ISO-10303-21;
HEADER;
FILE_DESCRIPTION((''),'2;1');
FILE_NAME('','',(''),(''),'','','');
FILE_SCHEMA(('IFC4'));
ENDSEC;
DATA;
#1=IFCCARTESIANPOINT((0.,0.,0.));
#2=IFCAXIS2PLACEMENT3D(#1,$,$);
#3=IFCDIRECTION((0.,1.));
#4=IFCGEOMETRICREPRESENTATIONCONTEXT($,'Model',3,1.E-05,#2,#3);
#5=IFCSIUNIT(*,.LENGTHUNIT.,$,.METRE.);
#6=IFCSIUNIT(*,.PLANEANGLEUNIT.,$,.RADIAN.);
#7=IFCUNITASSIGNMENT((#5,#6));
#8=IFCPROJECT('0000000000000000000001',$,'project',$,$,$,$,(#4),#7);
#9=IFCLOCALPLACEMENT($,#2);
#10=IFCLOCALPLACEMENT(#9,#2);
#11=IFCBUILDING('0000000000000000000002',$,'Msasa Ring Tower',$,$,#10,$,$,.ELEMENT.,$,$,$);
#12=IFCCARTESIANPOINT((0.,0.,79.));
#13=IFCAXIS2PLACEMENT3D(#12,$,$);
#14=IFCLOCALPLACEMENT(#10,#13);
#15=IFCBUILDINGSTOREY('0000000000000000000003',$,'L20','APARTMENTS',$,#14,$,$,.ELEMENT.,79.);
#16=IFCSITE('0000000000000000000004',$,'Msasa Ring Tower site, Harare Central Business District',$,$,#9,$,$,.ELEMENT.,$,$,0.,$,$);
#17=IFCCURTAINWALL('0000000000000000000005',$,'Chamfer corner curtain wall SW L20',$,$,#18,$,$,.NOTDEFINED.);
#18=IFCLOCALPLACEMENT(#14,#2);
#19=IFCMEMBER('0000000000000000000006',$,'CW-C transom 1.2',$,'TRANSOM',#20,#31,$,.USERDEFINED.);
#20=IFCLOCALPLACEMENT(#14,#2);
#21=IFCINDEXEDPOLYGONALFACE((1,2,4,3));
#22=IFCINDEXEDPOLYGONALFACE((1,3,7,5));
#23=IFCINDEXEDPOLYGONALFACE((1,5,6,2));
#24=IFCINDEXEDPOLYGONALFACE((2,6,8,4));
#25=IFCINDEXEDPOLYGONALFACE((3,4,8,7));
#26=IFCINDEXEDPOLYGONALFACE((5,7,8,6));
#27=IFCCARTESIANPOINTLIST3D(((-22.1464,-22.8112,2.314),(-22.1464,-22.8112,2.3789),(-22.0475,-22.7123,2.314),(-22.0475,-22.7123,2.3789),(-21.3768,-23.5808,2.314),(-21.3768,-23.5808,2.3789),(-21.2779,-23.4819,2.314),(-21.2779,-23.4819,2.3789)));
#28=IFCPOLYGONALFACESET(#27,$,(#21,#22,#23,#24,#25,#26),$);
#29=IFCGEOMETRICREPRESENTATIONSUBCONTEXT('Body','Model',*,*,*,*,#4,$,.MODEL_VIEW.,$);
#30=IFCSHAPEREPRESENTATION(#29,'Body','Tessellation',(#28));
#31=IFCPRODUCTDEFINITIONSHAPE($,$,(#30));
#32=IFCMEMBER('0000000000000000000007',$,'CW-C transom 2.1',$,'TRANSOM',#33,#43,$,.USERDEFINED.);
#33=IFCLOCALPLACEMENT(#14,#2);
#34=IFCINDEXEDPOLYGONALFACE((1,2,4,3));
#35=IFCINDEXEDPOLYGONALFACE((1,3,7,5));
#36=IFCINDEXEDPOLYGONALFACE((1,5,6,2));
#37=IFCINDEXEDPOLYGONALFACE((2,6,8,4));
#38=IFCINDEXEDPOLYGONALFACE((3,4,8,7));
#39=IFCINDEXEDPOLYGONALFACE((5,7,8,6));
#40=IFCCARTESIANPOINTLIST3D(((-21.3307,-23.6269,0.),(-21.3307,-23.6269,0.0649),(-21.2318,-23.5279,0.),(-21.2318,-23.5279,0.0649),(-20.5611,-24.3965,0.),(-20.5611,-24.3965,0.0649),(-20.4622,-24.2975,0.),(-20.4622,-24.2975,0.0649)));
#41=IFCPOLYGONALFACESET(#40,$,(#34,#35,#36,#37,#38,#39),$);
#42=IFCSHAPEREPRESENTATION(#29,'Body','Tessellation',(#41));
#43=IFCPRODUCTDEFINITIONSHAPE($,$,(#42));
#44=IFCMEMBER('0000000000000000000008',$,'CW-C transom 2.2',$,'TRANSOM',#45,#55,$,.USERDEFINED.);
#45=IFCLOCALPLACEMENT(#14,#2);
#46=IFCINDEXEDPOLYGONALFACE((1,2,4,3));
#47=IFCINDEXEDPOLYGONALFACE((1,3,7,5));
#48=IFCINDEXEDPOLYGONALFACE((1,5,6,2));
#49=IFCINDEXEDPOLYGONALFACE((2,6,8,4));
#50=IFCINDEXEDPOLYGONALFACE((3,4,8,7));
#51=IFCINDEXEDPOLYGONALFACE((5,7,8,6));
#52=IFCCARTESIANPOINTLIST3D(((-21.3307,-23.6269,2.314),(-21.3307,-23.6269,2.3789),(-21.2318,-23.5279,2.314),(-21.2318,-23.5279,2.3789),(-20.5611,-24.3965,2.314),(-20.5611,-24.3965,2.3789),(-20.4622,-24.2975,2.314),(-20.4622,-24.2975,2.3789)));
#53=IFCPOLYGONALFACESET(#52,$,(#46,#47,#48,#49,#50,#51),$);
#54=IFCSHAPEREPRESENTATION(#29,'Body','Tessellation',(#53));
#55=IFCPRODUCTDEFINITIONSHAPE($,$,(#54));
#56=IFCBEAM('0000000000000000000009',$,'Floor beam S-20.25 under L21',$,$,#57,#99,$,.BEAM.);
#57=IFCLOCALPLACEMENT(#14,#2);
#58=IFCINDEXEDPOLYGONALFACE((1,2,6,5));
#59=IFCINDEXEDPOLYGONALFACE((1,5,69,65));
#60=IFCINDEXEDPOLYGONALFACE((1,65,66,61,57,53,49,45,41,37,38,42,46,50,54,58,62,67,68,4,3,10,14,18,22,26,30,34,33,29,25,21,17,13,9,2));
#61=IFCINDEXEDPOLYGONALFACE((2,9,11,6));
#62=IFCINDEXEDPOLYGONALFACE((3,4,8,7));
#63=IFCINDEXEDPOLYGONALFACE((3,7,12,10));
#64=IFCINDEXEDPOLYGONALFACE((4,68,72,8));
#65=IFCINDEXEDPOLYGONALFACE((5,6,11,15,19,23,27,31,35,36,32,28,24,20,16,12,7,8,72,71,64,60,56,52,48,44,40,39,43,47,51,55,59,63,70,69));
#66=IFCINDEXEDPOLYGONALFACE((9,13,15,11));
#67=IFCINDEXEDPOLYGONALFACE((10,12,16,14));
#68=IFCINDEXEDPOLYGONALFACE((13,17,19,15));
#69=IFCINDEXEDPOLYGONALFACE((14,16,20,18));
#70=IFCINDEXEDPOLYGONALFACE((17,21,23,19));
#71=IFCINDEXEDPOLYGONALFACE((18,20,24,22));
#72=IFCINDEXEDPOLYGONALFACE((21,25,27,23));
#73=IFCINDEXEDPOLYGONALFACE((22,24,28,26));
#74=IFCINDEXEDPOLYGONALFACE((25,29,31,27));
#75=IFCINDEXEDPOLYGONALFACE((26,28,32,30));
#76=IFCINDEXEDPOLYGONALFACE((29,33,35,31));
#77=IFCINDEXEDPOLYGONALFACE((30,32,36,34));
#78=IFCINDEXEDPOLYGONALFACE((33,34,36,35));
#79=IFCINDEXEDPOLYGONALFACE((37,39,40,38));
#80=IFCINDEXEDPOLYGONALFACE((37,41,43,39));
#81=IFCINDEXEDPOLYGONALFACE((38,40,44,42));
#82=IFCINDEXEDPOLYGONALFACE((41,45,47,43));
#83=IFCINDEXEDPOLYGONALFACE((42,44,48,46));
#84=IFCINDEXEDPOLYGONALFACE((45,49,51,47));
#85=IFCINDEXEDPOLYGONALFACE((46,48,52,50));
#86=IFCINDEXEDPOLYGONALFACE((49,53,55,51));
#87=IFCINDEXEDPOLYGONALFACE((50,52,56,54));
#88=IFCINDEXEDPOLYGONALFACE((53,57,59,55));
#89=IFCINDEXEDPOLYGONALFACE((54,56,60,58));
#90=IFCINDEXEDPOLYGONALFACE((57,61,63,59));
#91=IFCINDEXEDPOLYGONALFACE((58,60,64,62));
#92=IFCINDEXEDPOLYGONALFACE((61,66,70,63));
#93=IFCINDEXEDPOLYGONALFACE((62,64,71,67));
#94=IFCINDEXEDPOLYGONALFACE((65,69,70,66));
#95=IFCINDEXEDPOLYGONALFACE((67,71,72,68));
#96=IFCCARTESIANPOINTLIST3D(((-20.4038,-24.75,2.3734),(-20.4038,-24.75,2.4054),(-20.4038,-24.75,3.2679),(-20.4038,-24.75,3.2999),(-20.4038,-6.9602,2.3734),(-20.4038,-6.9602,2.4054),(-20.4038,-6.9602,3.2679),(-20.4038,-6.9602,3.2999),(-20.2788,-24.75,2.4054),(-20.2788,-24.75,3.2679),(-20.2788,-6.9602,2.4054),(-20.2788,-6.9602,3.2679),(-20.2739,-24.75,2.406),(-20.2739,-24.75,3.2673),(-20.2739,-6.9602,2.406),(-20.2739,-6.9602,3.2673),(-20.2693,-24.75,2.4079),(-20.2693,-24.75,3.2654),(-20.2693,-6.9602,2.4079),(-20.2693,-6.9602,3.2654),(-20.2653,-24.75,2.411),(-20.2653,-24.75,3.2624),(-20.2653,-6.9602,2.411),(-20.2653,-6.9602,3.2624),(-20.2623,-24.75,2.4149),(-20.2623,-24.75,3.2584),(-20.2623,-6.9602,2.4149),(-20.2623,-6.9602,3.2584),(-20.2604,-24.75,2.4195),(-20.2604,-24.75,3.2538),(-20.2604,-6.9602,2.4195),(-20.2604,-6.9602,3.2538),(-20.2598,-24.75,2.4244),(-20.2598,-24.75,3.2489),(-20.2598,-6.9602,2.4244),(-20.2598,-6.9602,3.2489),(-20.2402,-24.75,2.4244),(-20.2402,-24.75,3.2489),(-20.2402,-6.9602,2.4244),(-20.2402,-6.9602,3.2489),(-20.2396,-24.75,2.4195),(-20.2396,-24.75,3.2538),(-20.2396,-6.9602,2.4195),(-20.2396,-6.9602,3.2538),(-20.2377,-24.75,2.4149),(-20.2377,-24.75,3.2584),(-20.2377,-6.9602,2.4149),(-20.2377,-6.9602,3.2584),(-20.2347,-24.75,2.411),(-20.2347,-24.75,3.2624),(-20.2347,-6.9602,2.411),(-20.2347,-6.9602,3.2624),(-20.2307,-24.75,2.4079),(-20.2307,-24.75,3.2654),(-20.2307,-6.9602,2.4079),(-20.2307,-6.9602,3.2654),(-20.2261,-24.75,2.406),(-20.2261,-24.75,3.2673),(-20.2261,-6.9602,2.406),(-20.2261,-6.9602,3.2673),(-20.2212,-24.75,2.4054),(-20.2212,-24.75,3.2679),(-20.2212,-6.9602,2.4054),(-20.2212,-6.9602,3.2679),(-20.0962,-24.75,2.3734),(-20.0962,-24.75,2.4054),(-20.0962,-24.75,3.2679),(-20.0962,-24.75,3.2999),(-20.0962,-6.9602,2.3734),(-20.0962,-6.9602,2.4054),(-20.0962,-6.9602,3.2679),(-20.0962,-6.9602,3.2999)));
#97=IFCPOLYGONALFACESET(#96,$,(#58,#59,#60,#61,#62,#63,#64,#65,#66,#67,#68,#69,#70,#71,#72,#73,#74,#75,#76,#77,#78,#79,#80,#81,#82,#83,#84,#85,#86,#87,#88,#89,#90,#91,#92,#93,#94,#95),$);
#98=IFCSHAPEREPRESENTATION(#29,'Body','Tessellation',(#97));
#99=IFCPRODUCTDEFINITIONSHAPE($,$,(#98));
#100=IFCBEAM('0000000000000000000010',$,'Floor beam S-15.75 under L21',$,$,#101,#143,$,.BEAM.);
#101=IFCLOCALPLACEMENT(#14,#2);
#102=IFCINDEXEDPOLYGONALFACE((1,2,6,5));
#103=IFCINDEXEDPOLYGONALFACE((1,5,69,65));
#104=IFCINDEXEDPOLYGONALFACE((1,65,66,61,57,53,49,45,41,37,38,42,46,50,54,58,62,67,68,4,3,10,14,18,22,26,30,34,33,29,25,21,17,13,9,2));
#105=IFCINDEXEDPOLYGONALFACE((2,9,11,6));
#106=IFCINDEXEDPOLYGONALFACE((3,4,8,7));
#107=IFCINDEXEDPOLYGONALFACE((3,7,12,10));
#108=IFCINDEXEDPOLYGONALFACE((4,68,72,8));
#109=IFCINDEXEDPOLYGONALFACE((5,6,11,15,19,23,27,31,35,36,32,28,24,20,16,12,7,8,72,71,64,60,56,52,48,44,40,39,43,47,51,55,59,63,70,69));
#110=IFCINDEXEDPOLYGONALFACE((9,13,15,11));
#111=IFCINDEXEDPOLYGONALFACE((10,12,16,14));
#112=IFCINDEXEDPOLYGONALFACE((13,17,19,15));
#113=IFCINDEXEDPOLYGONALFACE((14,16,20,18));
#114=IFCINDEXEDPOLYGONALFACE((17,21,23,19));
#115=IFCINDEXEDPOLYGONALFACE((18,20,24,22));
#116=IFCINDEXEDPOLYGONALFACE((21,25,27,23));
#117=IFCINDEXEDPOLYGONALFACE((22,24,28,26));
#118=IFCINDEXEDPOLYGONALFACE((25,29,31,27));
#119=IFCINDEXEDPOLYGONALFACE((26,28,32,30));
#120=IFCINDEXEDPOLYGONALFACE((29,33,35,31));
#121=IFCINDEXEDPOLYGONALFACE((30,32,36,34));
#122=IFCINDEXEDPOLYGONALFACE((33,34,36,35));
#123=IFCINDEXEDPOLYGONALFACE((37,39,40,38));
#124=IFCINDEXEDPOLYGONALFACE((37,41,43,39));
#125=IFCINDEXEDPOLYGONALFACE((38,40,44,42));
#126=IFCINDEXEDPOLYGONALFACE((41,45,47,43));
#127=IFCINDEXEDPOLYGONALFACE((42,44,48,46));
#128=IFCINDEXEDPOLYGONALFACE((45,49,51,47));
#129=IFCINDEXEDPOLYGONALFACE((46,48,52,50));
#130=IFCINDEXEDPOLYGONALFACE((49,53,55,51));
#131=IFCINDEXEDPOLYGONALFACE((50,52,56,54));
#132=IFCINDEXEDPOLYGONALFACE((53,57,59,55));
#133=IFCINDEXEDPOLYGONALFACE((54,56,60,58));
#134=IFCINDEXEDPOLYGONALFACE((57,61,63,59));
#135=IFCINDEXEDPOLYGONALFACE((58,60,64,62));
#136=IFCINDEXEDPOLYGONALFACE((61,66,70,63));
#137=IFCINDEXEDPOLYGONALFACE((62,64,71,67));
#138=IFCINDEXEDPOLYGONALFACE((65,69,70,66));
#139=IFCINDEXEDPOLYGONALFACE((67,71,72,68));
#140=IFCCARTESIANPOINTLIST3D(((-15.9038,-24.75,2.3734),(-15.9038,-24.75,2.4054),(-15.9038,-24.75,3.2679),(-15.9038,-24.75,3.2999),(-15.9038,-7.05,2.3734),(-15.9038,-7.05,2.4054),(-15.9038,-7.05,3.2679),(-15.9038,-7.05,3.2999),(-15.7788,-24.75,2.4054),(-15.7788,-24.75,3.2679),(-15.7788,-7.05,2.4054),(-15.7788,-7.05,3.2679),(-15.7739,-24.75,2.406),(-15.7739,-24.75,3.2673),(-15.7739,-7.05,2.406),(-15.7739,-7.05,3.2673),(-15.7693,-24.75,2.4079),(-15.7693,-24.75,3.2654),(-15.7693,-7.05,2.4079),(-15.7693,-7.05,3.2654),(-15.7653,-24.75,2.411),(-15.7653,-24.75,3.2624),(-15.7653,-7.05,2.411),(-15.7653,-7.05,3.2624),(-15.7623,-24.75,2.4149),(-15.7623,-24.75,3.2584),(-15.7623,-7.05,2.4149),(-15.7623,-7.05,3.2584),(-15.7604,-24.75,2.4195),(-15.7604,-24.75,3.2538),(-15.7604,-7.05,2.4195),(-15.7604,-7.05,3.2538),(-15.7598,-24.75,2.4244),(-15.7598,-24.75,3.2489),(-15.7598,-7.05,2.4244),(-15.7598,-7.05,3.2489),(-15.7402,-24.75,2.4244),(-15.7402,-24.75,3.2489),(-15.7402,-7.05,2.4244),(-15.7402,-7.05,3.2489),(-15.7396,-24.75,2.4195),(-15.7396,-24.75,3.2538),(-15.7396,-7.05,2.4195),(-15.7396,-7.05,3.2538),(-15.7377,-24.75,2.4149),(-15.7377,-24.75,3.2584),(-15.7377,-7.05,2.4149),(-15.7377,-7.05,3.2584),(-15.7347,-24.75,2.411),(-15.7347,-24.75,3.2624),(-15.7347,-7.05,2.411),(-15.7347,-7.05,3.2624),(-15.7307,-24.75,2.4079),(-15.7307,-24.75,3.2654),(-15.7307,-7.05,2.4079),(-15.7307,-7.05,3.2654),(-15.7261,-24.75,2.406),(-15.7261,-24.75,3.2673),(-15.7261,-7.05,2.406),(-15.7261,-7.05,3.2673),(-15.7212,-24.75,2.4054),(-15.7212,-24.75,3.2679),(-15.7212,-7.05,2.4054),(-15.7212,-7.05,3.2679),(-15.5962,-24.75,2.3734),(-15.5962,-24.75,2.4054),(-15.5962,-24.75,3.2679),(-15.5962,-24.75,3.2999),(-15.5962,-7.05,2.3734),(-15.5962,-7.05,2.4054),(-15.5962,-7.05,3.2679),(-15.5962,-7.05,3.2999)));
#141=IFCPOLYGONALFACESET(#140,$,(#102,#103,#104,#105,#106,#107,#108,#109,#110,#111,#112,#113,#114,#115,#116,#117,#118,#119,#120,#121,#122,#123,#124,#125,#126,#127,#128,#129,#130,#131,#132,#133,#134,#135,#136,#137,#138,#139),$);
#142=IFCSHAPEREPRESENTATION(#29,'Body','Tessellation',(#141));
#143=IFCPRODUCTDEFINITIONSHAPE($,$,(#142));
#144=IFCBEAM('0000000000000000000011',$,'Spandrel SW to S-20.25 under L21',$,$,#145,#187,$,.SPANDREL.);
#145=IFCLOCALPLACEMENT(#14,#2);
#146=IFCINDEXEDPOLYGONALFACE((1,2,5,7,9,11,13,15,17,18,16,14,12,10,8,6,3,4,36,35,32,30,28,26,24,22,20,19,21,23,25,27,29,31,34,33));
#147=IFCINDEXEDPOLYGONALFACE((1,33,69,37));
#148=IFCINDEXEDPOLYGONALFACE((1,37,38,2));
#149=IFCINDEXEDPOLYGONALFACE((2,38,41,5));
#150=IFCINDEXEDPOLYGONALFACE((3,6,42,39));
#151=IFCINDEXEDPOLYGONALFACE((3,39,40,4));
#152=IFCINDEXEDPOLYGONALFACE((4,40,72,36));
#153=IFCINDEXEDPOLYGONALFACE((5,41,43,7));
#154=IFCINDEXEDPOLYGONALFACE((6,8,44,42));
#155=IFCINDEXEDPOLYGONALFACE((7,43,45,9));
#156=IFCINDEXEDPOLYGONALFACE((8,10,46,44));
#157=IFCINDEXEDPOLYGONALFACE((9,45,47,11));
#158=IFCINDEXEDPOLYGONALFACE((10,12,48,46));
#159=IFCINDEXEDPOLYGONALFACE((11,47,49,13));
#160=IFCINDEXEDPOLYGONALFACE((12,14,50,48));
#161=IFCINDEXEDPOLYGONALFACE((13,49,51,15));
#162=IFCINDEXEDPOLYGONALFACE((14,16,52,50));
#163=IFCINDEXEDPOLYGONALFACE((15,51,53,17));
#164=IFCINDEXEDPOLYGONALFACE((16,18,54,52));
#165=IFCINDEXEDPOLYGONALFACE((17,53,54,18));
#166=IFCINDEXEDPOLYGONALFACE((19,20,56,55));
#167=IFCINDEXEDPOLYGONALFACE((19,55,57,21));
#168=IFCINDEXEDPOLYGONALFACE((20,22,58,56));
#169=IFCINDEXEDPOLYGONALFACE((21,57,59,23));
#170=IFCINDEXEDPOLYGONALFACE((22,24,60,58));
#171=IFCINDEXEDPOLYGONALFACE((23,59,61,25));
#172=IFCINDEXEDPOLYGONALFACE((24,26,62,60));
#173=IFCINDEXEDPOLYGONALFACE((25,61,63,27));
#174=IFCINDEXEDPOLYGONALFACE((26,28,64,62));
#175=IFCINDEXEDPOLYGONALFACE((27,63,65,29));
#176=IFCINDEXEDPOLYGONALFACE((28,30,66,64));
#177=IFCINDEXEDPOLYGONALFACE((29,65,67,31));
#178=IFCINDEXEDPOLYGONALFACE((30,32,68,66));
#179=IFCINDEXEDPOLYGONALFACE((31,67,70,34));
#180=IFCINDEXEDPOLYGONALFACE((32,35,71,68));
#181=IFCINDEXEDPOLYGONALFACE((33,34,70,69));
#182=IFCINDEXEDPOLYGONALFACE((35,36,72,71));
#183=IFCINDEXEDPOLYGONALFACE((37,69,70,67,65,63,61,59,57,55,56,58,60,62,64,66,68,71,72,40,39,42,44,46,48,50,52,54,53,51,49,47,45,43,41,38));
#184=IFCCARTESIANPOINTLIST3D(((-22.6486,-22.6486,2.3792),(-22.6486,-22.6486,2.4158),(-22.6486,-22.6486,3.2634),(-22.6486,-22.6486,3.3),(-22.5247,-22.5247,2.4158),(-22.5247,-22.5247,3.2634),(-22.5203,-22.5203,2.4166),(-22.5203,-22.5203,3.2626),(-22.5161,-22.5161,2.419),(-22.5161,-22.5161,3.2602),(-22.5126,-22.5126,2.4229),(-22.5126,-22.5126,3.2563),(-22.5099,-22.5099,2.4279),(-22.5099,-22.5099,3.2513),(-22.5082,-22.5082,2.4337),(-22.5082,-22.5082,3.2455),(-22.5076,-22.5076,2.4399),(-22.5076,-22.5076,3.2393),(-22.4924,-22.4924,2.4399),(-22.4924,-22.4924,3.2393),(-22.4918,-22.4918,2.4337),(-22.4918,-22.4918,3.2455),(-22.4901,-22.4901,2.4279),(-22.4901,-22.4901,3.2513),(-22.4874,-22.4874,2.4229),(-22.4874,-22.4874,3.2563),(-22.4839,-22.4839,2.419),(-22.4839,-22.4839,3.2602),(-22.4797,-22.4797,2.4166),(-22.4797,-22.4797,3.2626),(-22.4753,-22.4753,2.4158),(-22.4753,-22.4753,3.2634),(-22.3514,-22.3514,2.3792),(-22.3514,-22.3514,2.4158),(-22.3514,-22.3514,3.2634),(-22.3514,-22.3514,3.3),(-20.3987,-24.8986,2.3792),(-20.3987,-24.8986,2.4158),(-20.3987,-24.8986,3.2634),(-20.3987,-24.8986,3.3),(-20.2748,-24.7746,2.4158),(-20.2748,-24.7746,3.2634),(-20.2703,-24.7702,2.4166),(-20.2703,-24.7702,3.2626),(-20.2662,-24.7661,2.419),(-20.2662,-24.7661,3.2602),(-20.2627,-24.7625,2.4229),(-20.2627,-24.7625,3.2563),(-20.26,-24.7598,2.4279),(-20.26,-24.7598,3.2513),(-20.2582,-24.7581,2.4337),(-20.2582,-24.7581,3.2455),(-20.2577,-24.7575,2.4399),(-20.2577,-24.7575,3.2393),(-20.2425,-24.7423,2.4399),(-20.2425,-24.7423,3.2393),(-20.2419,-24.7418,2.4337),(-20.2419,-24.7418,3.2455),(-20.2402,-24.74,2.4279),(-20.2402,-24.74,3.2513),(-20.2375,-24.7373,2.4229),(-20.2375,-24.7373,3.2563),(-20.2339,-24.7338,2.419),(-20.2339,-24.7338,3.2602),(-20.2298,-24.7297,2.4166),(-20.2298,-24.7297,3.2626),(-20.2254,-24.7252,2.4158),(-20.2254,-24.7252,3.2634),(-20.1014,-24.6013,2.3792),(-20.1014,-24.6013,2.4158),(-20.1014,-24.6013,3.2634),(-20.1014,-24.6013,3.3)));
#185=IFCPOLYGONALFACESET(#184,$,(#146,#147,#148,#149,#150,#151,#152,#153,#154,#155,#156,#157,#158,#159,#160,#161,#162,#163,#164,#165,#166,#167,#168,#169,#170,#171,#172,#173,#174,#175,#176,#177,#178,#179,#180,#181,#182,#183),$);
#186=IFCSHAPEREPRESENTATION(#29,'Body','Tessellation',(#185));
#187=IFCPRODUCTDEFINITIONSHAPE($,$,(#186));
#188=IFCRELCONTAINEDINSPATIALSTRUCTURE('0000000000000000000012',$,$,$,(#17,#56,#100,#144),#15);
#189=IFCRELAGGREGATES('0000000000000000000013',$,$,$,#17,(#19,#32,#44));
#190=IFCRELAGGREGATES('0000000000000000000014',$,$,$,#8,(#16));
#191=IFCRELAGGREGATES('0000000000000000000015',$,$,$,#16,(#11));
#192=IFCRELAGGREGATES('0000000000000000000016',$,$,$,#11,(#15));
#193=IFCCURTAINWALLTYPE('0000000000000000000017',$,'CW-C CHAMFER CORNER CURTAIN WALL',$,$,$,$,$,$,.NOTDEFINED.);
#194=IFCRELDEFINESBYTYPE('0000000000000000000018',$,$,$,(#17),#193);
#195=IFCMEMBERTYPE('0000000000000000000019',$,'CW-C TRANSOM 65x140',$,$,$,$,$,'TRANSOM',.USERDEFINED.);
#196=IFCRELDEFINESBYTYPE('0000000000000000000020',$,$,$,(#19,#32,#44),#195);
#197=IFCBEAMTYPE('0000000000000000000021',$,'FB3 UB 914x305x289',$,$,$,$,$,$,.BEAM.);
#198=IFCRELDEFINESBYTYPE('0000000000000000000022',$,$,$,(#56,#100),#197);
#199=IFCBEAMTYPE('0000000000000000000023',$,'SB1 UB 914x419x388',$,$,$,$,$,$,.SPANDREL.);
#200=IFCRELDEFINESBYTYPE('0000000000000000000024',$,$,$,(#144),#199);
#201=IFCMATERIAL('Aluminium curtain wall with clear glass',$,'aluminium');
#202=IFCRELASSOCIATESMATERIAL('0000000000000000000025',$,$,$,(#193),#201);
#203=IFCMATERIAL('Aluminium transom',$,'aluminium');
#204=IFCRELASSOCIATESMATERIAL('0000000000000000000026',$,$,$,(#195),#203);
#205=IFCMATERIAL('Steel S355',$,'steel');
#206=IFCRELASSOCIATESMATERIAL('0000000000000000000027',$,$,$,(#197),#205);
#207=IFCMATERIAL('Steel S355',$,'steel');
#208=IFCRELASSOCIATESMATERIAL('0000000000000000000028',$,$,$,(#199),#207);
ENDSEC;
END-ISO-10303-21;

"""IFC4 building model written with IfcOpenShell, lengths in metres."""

from ifc_helpers import new_model, si_unit, direction, frame, origin, origin_2d, place, context, subcontext, project, spatial, rectangle, i_section, extrude, material, material_profile, profile_set, type_object, element, aggregate, save


model = new_model("IFC4")

# Units and contexts
model_context = context("Model", 3, precision=1e-05, world=origin(), true_north=direction((0.0, 1.0)))
body_context = subcontext(model_context, "Body", "Model", "MODEL_VIEW")
ifc_project = project(units=[si_unit("LENGTHUNIT", "METRE"), si_unit("PLANEANGLEUNIT", "RADIAN")], contexts=[model_context])

# Site, building, storey
site_placement = place(None, origin())
site = spatial("IfcSite", under=ifc_project, at=site_placement, Name="Msasa Ring Tower site, Harare Central Business District", CompositionType="ELEMENT", RefElevation=0.0)
building_placement = place(site_placement, origin())
building = spatial("IfcBuilding", under=site, at=building_placement, Name="Msasa Ring Tower", CompositionType="ELEMENT")
storey_placement = place(building_placement, frame((0.0, 0.0, 79.0)))
storey = spatial("IfcBuildingStorey", under=building, at=storey_placement, Name="L20", Description="APARTMENTS", CompositionType="ELEMENT", Elevation=79.0)

# Curtain wall
ifc_material_1 = material(Name="Aluminium curtain wall with clear glass", Category="aluminium")
curtain_wall_type = type_object("IfcCurtainWallType", Name="CW-C CHAMFER CORNER CURTAIN WALL", PredefinedType="NOTDEFINED", material=ifc_material_1)
curtain_wall_1_placement = place(storey_placement, origin())
curtain_wall_1 = element("IfcCurtainWall", 1, at=curtain_wall_1_placement, inside=storey, type_object=curtain_wall_type, Name="Chamfer corner curtain wall SW L20", PredefinedType="NOTDEFINED")

# Members
ifc_material_2 = material(Name="Aluminium transom", Category="aluminium")
ifc_material_profile_1 = material_profile(ifc_material_2, rectangle(XDim=0.1399, YDim=0.0649, at=origin_2d()), Name="AL 65x140")
ifc_profile_set_1 = profile_set([ifc_material_profile_1], Name="Aluminium transom")
member_type_1 = type_object("IfcMemberType", Name="CW-C TRANSOM 65x140", ElementType="TRANSOM", PredefinedType="USERDEFINED", material=ifc_profile_set_1)
member_1_placement = place(storey_placement, frame((-22.0969, -22.7617, 2.3464), z_axis=(0.707107, -0.707107, 0.0), x_axis=(0.707107, 0.707107, 0.0)))
member_1 = element("IfcMember", 2, at=member_1_placement, type_object=member_type_1, Name="CW-C transom 1.2", ObjectType="TRANSOM", PredefinedType="USERDEFINED", context=body_context, shape_type="SweptSolid", body=[
    extrude(rectangle(XDim=0.1399, YDim=0.0649, at=origin_2d()), origin(), (0.0, 0.0, 1.0), 1.0884),
])
member_2_placement = place(storey_placement, frame((-21.2812, -23.5774, 0.0325), z_axis=(0.707107, -0.707107, 0.0), x_axis=(0.707107, 0.707107, 0.0)))
member_2 = element("IfcMember", 3, at=member_2_placement, type_object=member_type_1, Name="CW-C transom 2.1", ObjectType="TRANSOM", PredefinedType="USERDEFINED", context=body_context, shape_type="SweptSolid", body=[
    extrude(rectangle(XDim=0.1399, YDim=0.0649, at=origin_2d()), origin(), (0.0, 0.0, 1.0), 1.0884),
])
member_3_placement = place(storey_placement, frame((-21.2812, -23.5774, 2.3464), z_axis=(0.707107, -0.707107, 0.0), x_axis=(0.707107, 0.707107, 0.0)))
member_3 = element("IfcMember", 4, at=member_3_placement, type_object=member_type_1, Name="CW-C transom 2.2", ObjectType="TRANSOM", PredefinedType="USERDEFINED", context=body_context, shape_type="SweptSolid", body=[
    extrude(rectangle(XDim=0.1399, YDim=0.0649, at=origin_2d()), origin(), (0.0, 0.0, 1.0), 1.0884),
])

# Beams
ifc_material_3 = material(Name="Steel S355", Category="steel")
ifc_material_profile_2 = material_profile(ifc_material_3, i_section(OverallWidth=0.3076, OverallDepth=0.9265, WebThickness=0.0195, FlangeThickness=0.032, FilletRadius=0.019, at=origin_2d()), Name="UB 914x305x289")
ifc_profile_set_2 = profile_set([ifc_material_profile_2], Name="Steel S355")
beam_type_1 = type_object("IfcBeamType", Name="FB3 UB 914x305x289", PredefinedType="BEAM", material=ifc_profile_set_2)
beam_1_placement = place(storey_placement, frame((-20.25, -24.75, 2.8367), z_axis=(0.0, 1.0, 0.0), x_axis=(-1.0, 0.0, 0.0)))
element("IfcBeam", 5, at=beam_1_placement, inside=storey, type_object=beam_type_1, Name="Floor beam S-20.25 under L21", PredefinedType="BEAM", context=body_context, shape_type="SweptSolid", body=[
    extrude(i_section(OverallWidth=0.3076, OverallDepth=0.9265, WebThickness=0.0195, FlangeThickness=0.032, FilletRadius=0.019, at=origin_2d()), origin(), (0.0, 0.0, 1.0), 17.7898),
])
beam_2_placement = place(storey_placement, frame((-15.75, -24.75, 2.8367), z_axis=(0.0, 1.0, 0.0), x_axis=(-1.0, 0.0, 0.0)))
element("IfcBeam", 6, at=beam_2_placement, inside=storey, type_object=beam_type_1, Name="Floor beam S-15.75 under L21", PredefinedType="BEAM", context=body_context, shape_type="SweptSolid", body=[
    extrude(i_section(OverallWidth=0.3076, OverallDepth=0.9265, WebThickness=0.0195, FlangeThickness=0.032, FilletRadius=0.019, at=origin_2d()), origin(), (0.0, 0.0, 1.0), 17.7),
])
ifc_material_4 = material(Name="Steel S355", Category="steel")
ifc_material_profile_3 = material_profile(ifc_material_4, i_section(OverallWidth=0.4204, OverallDepth=0.9209, WebThickness=0.0215, FlangeThickness=0.0366, FilletRadius=0.0242, at=origin_2d()), Name="UB 914x419x388")
ifc_profile_set_3 = profile_set([ifc_material_profile_3], Name="Steel S355")
beam_type_2 = type_object("IfcBeamType", Name="SB1 UB 914x419x388", PredefinedType="SPANDREL", material=ifc_profile_set_3)
beam_3_placement = place(storey_placement, frame((-22.5, -22.5, 2.8396), z_axis=(0.707107, -0.707107, 0.0), x_axis=(0.707107, 0.707107, 0.0)))
element("IfcBeam", 7, at=beam_3_placement, inside=storey, type_object=beam_type_2, Name="Spandrel SW to S-20.25 under L21", PredefinedType="SPANDREL", context=body_context, shape_type="SweptSolid", body=[
    extrude(i_section(OverallWidth=0.4204, OverallDepth=0.9209, WebThickness=0.0215, FlangeThickness=0.0366, FilletRadius=0.0242, at=origin_2d()), origin(), (0.0, 0.0, 1.0), 3.1819),
])

aggregate(curtain_wall_1, [member_1, member_2, member_3])

save(model, "model.ifc")
